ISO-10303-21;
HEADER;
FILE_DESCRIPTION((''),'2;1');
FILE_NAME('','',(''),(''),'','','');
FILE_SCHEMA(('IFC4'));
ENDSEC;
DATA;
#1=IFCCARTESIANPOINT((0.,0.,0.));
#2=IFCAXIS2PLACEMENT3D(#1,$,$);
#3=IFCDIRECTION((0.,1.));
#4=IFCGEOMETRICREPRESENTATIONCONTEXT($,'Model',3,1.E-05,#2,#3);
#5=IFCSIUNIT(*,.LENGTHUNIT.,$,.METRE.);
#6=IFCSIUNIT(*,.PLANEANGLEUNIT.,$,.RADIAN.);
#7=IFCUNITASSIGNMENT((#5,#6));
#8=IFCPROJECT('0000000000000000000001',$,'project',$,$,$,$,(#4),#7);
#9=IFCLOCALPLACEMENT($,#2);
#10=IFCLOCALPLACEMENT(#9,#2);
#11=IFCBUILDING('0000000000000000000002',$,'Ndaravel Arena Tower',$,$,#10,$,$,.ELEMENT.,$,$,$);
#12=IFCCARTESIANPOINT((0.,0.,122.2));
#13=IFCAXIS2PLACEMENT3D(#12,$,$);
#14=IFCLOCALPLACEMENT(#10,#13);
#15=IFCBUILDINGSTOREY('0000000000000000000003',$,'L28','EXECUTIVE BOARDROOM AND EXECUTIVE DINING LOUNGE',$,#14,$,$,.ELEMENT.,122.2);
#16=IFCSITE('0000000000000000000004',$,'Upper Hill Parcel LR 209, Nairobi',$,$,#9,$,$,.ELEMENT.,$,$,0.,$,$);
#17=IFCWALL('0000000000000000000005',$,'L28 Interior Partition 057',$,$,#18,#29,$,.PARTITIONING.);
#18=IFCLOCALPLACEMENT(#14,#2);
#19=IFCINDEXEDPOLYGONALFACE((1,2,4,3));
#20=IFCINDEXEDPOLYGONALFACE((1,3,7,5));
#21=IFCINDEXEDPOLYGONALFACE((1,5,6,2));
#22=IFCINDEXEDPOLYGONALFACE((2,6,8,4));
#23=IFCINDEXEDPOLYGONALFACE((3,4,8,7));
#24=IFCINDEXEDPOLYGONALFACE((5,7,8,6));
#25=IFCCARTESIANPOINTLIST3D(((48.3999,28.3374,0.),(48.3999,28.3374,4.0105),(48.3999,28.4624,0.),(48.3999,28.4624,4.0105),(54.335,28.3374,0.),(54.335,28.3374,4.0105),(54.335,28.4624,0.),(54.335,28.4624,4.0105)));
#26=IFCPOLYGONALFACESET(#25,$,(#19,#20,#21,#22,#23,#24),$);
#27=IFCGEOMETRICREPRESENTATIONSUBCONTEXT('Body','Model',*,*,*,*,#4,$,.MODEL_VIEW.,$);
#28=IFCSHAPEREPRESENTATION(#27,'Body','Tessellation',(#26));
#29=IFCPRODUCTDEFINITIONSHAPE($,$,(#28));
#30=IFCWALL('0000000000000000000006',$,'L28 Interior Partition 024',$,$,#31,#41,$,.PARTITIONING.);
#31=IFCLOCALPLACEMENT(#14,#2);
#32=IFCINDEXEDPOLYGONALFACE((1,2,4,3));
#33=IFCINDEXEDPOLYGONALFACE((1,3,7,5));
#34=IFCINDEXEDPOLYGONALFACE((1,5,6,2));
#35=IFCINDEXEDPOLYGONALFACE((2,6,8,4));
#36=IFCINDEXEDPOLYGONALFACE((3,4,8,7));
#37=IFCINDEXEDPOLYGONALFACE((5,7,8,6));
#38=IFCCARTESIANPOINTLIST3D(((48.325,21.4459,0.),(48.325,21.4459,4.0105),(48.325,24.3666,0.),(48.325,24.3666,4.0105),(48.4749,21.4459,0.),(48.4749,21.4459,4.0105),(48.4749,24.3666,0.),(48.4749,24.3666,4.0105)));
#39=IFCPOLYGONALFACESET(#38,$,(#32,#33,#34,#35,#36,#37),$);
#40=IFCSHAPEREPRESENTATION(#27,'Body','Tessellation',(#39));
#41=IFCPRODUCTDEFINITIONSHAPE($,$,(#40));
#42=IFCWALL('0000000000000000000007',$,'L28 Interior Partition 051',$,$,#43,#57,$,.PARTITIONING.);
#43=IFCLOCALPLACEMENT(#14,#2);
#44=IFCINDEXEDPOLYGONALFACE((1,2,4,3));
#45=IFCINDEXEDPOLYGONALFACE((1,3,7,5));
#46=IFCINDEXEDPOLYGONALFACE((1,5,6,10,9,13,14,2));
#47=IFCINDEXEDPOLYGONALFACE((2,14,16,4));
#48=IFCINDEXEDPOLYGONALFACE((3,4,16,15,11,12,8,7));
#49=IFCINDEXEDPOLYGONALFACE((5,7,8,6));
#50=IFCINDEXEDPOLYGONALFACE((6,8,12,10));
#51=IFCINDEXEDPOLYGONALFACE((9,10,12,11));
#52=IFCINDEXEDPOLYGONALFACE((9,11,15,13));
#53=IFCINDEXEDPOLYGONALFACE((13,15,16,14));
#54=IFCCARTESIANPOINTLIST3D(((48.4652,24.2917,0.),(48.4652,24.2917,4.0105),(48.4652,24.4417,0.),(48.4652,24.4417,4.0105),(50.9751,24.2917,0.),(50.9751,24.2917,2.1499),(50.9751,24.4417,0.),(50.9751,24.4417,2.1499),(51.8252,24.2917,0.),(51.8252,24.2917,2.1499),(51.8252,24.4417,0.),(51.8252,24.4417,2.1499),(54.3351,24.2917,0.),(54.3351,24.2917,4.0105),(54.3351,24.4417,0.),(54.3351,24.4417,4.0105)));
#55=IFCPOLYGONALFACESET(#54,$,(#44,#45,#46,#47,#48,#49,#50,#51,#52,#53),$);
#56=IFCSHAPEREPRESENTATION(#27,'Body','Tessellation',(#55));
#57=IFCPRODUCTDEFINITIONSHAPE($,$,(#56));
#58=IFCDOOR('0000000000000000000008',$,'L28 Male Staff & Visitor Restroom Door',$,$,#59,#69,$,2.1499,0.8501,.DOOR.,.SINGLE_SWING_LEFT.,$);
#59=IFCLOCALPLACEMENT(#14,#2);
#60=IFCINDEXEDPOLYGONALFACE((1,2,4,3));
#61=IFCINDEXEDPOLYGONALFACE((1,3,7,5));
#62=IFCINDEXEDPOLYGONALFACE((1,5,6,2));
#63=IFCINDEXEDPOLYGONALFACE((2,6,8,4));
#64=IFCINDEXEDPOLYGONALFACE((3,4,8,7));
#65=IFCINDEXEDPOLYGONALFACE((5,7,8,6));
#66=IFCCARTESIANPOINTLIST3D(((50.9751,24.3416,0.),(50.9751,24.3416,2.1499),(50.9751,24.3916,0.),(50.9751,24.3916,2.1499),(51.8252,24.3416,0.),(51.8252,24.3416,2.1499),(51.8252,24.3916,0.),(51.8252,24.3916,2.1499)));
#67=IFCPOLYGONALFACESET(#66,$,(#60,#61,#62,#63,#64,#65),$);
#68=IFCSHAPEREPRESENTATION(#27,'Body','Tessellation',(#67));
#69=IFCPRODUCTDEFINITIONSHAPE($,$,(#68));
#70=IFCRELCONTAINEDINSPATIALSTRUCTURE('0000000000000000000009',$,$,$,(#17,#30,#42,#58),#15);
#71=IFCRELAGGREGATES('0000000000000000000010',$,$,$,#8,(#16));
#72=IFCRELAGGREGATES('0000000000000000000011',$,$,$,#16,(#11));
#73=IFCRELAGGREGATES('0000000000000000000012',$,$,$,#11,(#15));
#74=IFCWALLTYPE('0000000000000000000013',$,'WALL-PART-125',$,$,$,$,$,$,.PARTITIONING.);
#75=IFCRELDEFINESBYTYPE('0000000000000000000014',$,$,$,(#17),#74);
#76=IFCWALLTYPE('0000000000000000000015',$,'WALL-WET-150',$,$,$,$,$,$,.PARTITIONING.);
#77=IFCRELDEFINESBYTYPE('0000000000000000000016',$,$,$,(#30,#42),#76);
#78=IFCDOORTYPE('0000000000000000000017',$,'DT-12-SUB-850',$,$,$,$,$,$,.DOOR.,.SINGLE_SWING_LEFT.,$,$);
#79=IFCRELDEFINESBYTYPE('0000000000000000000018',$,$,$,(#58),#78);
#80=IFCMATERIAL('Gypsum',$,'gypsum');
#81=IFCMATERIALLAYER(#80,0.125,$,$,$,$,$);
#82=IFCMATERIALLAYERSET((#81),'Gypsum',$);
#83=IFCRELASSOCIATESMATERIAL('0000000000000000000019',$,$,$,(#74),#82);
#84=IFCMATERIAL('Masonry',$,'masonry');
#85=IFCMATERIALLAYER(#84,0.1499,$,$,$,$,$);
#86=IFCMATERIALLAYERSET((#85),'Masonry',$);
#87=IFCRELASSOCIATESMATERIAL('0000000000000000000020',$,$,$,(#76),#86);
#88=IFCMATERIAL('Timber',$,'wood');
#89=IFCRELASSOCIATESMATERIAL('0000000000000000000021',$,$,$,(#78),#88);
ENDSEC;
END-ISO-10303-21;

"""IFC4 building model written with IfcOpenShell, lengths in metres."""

from ifc_helpers import new_model, si_unit, direction, frame, frame_2d, origin, place, context, subcontext, project, spatial, rectangle, extrude, material, layer, layer_set, type_object, element, fill, save


model = new_model("IFC4")

# Units and contexts
model_context = context("Model", 3, precision=1e-05, world=origin(), true_north=direction((0.0, 1.0)))
body_context = subcontext(model_context, "Body", "Model", "MODEL_VIEW")
ifc_project = project(units=[si_unit("LENGTHUNIT", "METRE"), si_unit("PLANEANGLEUNIT", "RADIAN")], contexts=[model_context])

# Site, building, storey
site_placement = place(None, origin())
site = spatial("IfcSite", under=ifc_project, at=site_placement, Name="Upper Hill Parcel LR 209, Nairobi", CompositionType="ELEMENT", RefElevation=0.0)
building_placement = place(site_placement, origin())
building = spatial("IfcBuilding", under=site, at=building_placement, Name="Ndaravel Arena Tower", CompositionType="ELEMENT")
storey_placement = place(building_placement, frame((0.0, 0.0, 122.2)))
storey = spatial("IfcBuildingStorey", under=building, at=storey_placement, Name="L28", Description="EXECUTIVE BOARDROOM AND EXECUTIVE DINING LOUNGE", CompositionType="ELEMENT", Elevation=122.2)

# Shared definitions
ifc_material_1 = material(Name="Gypsum", Category="gypsum")
ifc_layer_1 = layer(ifc_material_1, 0.125)
ifc_layer_set_1 = layer_set([ifc_layer_1], Name="Gypsum")
wall_type_1 = type_object("IfcWallType", Name="WALL-PART-125", PredefinedType="PARTITIONING", material=ifc_layer_set_1)

# Walls
wall_1_placement = place(storey_placement, frame((48.3999, 28.3999, 0.0), z_axis=(0.0, 0.0, 1.0), x_axis=(1.0, 0.0, 0.0)))
element("IfcWall", 1, at=wall_1_placement, inside=storey, type_object=wall_type_1, Name="L28 Interior Partition 057", PredefinedType="PARTITIONING", context=body_context, shape_type="SweptSolid", body=[
    extrude(rectangle(XDim=5.9351, YDim=0.125, at=frame_2d((2.9675, 0.0))), origin(), (0.0, 0.0, 1.0), 4.0105),
])
ifc_material_2 = material(Name="Masonry", Category="masonry")
ifc_layer_2 = layer(ifc_material_2, 0.1499)
ifc_layer_set_2 = layer_set([ifc_layer_2], Name="Masonry")
wall_type_2 = type_object("IfcWallType", Name="WALL-WET-150", PredefinedType="PARTITIONING", material=ifc_layer_set_2)
wall_2_placement = place(storey_placement, frame((48.3999, 24.3667, 0.0), z_axis=(0.0, 0.0, 1.0), x_axis=(0.0, -1.0, 0.0)))
element("IfcWall", 2, at=wall_2_placement, inside=storey, type_object=wall_type_2, Name="L28 Interior Partition 024", PredefinedType="PARTITIONING", context=body_context, shape_type="SweptSolid", body=[
    extrude(rectangle(XDim=2.9207, YDim=0.1499, at=frame_2d((1.4604, 0.0))), origin(), (0.0, 0.0, 1.0), 4.0105),
])

# Wall, opening, door
wall_3_placement = place(storey_placement, frame((48.4651, 24.3667, 0.0), z_axis=(0.0, 0.0, 1.0), x_axis=(1.0, 0.0, 0.0)))
wall_3 = element("IfcWall", 3, at=wall_3_placement, inside=storey, type_object=wall_type_2, Name="L28 Interior Partition 051", PredefinedType="PARTITIONING", context=body_context, shape_type="SweptSolid", body=[
    extrude(rectangle(XDim=5.8699, YDim=0.1499, at=frame_2d((2.9351, 0.0))), origin(), (0.0, 0.0, 1.0), 4.0105),
])
opening_1_placement = place(wall_3_placement, frame((2.51, 0.0, 0.0)))
opening_1 = element("IfcOpeningElement", 4, at=opening_1_placement, cuts=wall_3, PredefinedType="OPENING", context=body_context, shape_type="SweptSolid", body=[
    extrude(rectangle(XDim=0.8501, YDim=2.1499, at=frame_2d((0.425, 1.075))), frame((0.0, 0.075, 0.0), z_axis=(0.0, -1.0, 0.0), x_axis=(1.0, 0.0, 0.0)), (0.0, 0.0, 1.0), 0.1499),
])
ifc_material_3 = material(Name="Timber", Category="wood")
door_type_1 = type_object("IfcDoorType", Name="DT-12-SUB-850", OperationType="SINGLE_SWING_LEFT", PredefinedType="DOOR", material=ifc_material_3)
door_1_placement = place(opening_1_placement, origin())
door_1 = element("IfcDoor", 5, at=door_1_placement, inside=storey, type_object=door_type_1, Name="L28 Male Staff & Visitor Restroom Door", OperationType="SINGLE_SWING_LEFT", OverallHeight=2.1499, OverallWidth=0.8501, PredefinedType="DOOR", context=body_context, shape_type="SweptSolid", body=[
    extrude(rectangle(XDim=0.8501, YDim=2.1499, at=frame_2d((0.425, 1.075))), frame((0.0, 0.0249, 0.0), z_axis=(0.0, -1.0, 0.0), x_axis=(1.0, 0.0, 0.0)), (0.0, 0.0, 1.0), 0.05),
])
fill(opening_1, door_1)

save(model, "model.ifc")
